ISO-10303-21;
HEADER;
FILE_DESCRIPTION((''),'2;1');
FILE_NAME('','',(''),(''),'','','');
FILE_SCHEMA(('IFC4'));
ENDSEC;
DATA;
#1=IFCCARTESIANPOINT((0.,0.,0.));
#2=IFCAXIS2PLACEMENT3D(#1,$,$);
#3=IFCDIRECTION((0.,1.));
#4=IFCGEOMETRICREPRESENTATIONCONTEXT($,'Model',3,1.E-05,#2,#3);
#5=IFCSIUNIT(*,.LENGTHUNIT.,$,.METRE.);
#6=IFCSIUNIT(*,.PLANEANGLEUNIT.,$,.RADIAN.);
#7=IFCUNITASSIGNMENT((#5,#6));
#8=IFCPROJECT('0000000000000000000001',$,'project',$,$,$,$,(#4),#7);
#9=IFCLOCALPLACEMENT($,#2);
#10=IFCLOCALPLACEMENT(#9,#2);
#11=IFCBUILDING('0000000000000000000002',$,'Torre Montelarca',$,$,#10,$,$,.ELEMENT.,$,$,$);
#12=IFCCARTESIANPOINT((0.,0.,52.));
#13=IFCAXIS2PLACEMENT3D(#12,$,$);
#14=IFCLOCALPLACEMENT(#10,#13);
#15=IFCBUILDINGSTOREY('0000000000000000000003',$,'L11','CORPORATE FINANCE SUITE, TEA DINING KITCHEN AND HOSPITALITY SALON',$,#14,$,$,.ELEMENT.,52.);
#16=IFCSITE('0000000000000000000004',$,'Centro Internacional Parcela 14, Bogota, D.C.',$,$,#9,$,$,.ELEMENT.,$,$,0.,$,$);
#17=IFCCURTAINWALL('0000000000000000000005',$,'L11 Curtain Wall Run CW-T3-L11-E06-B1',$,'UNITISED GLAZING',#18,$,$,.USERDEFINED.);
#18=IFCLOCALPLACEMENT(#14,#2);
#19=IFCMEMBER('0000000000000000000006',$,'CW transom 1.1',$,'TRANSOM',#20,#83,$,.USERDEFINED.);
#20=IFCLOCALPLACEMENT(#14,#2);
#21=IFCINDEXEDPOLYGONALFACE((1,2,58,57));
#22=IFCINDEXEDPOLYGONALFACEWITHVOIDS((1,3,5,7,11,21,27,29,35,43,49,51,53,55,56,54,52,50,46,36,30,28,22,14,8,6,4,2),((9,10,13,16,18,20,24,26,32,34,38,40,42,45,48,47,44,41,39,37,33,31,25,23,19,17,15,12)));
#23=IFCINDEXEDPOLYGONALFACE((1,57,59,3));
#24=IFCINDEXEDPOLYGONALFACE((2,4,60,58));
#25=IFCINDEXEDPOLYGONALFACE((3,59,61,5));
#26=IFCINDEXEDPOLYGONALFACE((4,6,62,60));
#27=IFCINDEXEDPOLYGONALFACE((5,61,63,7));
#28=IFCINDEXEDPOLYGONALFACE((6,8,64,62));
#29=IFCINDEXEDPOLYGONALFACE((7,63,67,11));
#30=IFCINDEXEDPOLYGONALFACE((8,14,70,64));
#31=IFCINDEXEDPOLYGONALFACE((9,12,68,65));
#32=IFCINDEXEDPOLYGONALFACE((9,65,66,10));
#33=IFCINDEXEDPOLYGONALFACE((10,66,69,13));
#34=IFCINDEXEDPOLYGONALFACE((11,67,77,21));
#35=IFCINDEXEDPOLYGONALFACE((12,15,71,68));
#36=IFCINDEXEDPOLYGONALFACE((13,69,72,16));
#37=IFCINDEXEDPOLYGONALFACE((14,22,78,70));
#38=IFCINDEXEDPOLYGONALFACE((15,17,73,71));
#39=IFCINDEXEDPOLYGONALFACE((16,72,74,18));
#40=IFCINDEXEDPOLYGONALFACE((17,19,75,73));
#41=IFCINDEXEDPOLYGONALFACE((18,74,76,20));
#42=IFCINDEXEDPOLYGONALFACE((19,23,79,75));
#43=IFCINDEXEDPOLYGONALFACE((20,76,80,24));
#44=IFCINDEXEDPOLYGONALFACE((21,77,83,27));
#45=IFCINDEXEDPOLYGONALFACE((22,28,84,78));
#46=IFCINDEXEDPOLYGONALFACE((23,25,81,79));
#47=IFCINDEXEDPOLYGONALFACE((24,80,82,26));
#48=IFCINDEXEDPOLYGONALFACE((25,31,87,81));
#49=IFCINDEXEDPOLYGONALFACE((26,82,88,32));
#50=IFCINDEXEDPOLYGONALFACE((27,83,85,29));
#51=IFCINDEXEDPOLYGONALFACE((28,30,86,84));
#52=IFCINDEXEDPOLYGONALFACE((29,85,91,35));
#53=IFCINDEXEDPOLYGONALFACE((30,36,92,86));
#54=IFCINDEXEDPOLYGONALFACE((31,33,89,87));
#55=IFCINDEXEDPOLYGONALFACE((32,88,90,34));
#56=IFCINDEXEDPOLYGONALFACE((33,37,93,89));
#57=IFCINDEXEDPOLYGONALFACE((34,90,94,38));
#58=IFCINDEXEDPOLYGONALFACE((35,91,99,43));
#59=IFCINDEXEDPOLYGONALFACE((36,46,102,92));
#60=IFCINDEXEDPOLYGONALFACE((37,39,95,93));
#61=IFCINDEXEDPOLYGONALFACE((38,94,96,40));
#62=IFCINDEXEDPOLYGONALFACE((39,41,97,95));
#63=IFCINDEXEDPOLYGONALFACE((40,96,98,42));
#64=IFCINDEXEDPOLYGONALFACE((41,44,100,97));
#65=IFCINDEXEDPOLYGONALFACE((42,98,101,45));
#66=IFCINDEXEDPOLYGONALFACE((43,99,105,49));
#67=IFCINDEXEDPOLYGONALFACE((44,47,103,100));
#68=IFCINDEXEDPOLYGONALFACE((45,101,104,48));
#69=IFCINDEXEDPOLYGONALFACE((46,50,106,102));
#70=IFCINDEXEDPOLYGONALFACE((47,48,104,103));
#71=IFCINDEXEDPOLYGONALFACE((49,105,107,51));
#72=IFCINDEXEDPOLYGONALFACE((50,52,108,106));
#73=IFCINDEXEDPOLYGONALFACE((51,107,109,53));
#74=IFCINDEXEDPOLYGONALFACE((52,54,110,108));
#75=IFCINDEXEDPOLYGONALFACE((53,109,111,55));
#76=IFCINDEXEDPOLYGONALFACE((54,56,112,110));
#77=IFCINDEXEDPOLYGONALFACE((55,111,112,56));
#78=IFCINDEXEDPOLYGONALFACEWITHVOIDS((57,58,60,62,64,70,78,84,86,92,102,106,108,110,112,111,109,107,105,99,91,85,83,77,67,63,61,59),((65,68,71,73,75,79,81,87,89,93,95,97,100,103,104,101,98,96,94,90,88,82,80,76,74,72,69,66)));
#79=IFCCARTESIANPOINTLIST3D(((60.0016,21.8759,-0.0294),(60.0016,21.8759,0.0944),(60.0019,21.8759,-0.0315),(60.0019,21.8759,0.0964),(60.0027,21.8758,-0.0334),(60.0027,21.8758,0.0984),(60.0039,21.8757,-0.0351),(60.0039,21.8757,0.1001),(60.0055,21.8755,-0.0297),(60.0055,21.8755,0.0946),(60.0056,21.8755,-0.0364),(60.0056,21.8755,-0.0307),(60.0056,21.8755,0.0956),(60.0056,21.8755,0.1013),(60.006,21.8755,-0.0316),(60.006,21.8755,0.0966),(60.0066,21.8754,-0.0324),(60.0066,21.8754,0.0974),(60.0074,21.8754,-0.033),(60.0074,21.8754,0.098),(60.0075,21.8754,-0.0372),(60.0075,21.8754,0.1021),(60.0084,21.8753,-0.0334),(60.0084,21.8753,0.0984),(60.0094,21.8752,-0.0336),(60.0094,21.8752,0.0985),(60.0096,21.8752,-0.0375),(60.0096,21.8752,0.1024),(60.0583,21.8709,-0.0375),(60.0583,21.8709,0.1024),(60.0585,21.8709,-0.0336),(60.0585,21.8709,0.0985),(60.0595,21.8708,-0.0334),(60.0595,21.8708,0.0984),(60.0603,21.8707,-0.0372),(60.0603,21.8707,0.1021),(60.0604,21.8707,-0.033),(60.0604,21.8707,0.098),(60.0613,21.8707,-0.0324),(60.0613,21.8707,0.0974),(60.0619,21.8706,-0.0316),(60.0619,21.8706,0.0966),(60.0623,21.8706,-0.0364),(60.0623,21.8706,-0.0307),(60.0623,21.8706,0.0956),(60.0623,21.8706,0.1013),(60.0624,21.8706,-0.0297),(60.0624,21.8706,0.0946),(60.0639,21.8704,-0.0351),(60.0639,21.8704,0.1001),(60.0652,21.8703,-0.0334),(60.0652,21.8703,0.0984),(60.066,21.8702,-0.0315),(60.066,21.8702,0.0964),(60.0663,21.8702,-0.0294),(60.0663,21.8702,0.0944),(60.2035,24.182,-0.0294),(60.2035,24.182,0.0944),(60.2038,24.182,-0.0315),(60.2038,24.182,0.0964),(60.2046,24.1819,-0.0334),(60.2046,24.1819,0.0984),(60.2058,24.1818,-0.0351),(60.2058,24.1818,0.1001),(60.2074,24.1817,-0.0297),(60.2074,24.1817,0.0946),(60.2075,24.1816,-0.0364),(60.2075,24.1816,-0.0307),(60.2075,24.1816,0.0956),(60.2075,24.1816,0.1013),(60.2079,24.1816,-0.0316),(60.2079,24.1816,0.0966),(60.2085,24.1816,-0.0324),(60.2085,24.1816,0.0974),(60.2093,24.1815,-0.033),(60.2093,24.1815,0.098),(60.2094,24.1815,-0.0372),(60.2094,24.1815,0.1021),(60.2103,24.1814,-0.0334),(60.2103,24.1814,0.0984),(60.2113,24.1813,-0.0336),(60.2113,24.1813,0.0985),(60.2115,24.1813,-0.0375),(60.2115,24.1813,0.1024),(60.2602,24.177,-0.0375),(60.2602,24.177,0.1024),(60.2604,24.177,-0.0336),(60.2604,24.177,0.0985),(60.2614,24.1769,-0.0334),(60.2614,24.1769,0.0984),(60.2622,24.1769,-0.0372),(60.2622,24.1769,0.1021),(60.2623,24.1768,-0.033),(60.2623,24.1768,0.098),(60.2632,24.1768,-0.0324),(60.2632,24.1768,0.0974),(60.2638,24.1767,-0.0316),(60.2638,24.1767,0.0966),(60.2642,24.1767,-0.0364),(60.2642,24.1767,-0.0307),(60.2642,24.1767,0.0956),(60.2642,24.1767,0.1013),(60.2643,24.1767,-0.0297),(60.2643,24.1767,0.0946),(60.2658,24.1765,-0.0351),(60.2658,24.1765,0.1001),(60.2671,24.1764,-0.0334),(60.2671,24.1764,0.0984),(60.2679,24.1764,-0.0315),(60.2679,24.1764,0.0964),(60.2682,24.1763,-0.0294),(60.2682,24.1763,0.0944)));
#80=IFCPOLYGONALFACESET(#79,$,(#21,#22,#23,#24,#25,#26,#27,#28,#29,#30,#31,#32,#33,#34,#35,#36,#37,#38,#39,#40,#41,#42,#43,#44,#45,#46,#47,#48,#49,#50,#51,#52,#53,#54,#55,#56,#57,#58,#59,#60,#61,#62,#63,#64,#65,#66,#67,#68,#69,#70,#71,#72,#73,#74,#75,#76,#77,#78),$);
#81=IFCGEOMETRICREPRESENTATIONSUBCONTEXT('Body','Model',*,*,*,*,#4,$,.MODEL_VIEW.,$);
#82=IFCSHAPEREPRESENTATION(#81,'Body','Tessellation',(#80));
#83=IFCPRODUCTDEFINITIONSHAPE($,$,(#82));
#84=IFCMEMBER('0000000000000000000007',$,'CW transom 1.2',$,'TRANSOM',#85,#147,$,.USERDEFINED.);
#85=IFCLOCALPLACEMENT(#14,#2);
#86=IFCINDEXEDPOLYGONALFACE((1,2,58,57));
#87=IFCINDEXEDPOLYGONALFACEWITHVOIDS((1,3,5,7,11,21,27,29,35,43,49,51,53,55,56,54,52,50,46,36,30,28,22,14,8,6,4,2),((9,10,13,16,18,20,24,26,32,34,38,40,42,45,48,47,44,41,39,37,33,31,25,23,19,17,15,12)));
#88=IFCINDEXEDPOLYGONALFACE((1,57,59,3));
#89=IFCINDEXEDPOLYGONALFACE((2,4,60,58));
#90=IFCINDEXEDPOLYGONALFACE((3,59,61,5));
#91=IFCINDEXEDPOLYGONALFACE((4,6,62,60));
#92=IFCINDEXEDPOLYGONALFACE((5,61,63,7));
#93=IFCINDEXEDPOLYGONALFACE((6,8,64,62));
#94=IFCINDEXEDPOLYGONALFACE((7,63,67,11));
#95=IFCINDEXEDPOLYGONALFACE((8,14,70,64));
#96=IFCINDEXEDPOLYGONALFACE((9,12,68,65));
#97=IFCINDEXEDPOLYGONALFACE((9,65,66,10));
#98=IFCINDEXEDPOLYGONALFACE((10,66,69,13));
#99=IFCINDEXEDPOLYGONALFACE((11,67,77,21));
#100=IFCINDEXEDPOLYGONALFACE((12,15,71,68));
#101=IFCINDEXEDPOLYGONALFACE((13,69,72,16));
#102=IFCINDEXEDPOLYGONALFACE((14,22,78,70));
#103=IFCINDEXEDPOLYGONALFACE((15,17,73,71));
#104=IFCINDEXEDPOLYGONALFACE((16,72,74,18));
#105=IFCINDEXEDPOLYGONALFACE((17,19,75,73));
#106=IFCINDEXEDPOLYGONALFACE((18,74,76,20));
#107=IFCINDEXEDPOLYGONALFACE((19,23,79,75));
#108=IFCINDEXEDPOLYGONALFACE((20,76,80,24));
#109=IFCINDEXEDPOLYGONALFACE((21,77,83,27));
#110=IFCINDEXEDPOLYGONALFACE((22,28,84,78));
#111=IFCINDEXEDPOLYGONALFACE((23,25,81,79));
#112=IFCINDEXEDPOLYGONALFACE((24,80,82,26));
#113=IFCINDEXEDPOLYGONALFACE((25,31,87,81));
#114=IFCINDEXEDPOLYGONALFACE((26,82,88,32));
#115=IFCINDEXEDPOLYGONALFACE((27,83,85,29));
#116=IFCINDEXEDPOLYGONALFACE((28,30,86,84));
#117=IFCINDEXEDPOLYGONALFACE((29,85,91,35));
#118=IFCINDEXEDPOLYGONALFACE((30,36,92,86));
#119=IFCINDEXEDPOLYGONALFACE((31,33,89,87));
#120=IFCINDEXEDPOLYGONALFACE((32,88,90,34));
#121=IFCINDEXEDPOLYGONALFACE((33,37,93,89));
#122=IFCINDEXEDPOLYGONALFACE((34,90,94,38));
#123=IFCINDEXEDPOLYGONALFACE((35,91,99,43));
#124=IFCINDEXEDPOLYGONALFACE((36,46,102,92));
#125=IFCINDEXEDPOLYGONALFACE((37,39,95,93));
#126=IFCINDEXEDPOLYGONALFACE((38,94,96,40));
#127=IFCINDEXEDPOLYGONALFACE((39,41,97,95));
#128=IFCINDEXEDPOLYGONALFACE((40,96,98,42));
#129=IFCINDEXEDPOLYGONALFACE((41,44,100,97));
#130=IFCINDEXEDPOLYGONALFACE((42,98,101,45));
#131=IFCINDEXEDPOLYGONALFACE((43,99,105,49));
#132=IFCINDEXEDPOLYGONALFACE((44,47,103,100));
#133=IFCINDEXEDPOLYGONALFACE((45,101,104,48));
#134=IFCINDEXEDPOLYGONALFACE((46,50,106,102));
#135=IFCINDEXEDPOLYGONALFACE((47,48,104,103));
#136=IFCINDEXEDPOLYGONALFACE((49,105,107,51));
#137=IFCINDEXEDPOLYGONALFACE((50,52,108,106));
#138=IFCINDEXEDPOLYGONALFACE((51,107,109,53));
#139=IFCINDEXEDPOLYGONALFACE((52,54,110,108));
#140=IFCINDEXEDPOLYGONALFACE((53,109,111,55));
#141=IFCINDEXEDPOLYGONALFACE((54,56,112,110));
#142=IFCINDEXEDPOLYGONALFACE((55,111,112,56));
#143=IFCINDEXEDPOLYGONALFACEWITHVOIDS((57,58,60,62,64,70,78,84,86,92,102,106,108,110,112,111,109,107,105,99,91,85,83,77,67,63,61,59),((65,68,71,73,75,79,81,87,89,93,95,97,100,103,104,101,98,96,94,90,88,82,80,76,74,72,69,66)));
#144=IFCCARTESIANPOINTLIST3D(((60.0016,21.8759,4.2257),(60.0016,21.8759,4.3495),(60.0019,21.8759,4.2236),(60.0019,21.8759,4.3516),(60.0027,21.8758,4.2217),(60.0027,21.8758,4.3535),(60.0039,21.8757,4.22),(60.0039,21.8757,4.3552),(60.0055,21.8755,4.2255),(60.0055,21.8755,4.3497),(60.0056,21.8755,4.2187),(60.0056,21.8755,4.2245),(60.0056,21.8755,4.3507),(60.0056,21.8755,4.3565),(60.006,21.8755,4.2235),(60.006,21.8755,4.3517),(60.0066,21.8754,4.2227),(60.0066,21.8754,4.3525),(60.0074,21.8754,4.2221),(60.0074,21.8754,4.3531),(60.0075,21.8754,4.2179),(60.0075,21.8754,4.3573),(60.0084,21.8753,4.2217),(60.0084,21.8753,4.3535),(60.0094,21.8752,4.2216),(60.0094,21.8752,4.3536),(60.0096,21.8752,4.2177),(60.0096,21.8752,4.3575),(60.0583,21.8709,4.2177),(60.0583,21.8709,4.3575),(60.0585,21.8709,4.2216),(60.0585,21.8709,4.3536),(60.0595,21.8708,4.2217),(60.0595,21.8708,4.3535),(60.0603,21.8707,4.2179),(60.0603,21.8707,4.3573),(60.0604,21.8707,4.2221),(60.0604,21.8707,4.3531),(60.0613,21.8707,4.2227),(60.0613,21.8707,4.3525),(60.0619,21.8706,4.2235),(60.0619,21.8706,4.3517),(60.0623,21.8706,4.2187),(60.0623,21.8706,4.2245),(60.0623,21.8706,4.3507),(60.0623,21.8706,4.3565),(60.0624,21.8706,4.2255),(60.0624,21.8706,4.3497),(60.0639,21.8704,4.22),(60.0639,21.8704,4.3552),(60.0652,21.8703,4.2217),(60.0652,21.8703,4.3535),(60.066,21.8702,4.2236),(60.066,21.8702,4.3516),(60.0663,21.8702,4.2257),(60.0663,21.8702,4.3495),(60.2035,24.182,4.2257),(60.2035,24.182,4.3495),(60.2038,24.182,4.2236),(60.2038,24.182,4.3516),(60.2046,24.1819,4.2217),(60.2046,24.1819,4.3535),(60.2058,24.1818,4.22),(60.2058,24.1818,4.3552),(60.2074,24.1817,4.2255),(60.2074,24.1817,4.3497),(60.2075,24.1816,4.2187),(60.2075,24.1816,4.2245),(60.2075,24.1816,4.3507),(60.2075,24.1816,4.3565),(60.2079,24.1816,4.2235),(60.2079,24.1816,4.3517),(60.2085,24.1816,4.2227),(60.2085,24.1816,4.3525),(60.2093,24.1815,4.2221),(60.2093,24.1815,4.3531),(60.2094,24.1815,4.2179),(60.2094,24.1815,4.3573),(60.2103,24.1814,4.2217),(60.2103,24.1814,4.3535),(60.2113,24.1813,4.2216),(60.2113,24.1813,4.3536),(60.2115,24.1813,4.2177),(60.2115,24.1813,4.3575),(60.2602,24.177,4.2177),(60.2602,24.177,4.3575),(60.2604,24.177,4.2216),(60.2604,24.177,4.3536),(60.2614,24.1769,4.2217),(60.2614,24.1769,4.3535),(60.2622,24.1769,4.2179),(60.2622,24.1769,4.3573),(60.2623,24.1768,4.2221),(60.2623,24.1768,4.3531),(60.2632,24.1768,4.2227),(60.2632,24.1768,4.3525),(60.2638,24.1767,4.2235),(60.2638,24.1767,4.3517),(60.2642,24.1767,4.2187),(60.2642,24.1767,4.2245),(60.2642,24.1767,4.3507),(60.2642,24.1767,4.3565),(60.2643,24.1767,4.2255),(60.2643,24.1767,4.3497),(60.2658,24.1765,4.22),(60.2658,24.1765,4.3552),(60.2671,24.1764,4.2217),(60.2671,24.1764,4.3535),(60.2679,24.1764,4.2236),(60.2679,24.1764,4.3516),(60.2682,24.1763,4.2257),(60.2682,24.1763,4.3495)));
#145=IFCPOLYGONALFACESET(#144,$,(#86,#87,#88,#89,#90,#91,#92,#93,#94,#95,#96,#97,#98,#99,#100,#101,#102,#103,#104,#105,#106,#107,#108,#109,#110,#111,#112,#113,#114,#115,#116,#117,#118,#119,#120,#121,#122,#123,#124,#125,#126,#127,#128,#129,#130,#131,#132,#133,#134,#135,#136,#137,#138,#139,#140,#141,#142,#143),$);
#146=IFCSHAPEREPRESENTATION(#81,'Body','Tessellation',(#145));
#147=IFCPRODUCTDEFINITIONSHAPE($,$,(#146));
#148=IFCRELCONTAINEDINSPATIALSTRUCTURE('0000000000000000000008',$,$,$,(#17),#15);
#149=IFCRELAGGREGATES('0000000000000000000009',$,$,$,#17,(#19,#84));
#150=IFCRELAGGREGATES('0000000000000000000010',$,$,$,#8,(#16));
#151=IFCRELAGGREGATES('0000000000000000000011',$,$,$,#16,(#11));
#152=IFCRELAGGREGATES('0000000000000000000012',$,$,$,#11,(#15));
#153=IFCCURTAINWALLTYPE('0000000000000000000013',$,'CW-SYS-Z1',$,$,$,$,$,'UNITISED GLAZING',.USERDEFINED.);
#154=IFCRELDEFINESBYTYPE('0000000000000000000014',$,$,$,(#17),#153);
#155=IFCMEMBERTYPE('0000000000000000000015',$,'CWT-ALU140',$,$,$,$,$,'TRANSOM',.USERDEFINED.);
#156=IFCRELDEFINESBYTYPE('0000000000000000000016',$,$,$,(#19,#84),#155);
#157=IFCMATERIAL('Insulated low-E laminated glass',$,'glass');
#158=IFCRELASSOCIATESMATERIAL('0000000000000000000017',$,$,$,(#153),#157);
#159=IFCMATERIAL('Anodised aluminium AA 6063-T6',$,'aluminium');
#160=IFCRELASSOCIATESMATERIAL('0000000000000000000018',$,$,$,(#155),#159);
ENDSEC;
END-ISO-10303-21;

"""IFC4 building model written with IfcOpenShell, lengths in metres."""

from ifc_helpers import new_model, si_unit, direction, frame, origin, origin_2d, place, context, subcontext, project, spatial, hollow_rectangle, extrude, source, transform, mapped, material, material_profile, profile_set, type_object, element, aggregate, save


model = new_model("IFC4")

# Units and contexts
model_context = context("Model", 3, precision=1e-05, world=origin(), true_north=direction((0.0, 1.0)))
body_context = subcontext(model_context, "Body", "Model", "MODEL_VIEW")
ifc_project = project(units=[si_unit("LENGTHUNIT", "METRE"), si_unit("PLANEANGLEUNIT", "RADIAN")], contexts=[model_context])

# Site, building, storey
site_placement = place(None, origin())
site = spatial("IfcSite", under=ifc_project, at=site_placement, Name="Centro Internacional Parcela 14, Bogota, D.C.", CompositionType="ELEMENT", RefElevation=0.0)
building_placement = place(site_placement, origin())
building = spatial("IfcBuilding", under=site, at=building_placement, Name="Torre Montelarca", CompositionType="ELEMENT")
storey_placement = place(building_placement, frame((0.0, 0.0, 52.0)))
storey = spatial("IfcBuildingStorey", under=building, at=storey_placement, Name="L11", Description="CORPORATE FINANCE SUITE, TEA DINING KITCHEN AND HOSPITALITY SALON", CompositionType="ELEMENT", Elevation=52.0)

# Curtain wall
ifc_material_1 = material(Name="Insulated low-E laminated glass", Category="glass")
curtain_wall_type = type_object("IfcCurtainWallType", Name="CW-SYS-Z1", ElementType="UNITISED GLAZING", PredefinedType="USERDEFINED", material=ifc_material_1)
ifc_material_2 = material(Name="Anodised aluminium AA 6063-T6", Category="aluminium")
curtain_wall_1_placement = place(storey_placement, origin())
curtain_wall_1 = element("IfcCurtainWall", 1, at=curtain_wall_1_placement, inside=storey, type_object=curtain_wall_type, Name="L11 Curtain Wall Run CW-T3-L11-E06-B1", ObjectType="UNITISED GLAZING", PredefinedType="USERDEFINED")

# Members
ifc_material_profile_1 = material_profile(ifc_material_2, hollow_rectangle(XDim=0.0649, YDim=0.1399, WallThickness=0.0039, InnerFilletRadius=0.0039, OuterFilletRadius=0.0081, at=origin_2d()), Name="ALU65X140X4", Category="aluminium")
ifc_profile_set_1 = profile_set([ifc_material_profile_1], Name="Anodised aluminium AA 6063-T6")
member_type_1 = type_object("IfcMemberType", Name="CWT-ALU140", ElementType="TRANSOM", PredefinedType="USERDEFINED", material=ifc_profile_set_1)
shared_shape_1 = source(origin(), body_context, "Body", "SweptSolid", [
    extrude(hollow_rectangle(XDim=0.0649, YDim=0.1399, WallThickness=0.0039, InnerFilletRadius=0.0039, OuterFilletRadius=0.0081, at=origin_2d()), origin(), (0.0, 0.0, 1.0), 2.3149),
])
member_1_placement = place(storey_placement, frame((60.0339, 21.873, 0.0325), z_axis=(0.087217, 0.996189, 0.0), x_axis=(-0.996189, 0.087217, 0.0)))
member_1 = element("IfcMember", 2, at=member_1_placement, type_object=member_type_1, Name="CW transom 1.1", ObjectType="TRANSOM", PredefinedType="USERDEFINED", context=body_context, shape_type="MappedRepresentation", body=[
    mapped(shared_shape_1, transform((0.0, 0.0, 0.0), scale=1.0)),
])
member_2_placement = place(storey_placement, frame((60.0339, 21.873, 4.2876), z_axis=(0.087217, 0.996189, 0.0), x_axis=(-0.996189, 0.087217, 0.0)))
member_2 = element("IfcMember", 3, at=member_2_placement, type_object=member_type_1, Name="CW transom 1.2", ObjectType="TRANSOM", PredefinedType="USERDEFINED", context=body_context, shape_type="MappedRepresentation", body=[
    mapped(shared_shape_1, transform((0.0, 0.0, 0.0), scale=1.0)),
])

aggregate(curtain_wall_1, [member_1, member_2])

save(model, "model.ifc")
